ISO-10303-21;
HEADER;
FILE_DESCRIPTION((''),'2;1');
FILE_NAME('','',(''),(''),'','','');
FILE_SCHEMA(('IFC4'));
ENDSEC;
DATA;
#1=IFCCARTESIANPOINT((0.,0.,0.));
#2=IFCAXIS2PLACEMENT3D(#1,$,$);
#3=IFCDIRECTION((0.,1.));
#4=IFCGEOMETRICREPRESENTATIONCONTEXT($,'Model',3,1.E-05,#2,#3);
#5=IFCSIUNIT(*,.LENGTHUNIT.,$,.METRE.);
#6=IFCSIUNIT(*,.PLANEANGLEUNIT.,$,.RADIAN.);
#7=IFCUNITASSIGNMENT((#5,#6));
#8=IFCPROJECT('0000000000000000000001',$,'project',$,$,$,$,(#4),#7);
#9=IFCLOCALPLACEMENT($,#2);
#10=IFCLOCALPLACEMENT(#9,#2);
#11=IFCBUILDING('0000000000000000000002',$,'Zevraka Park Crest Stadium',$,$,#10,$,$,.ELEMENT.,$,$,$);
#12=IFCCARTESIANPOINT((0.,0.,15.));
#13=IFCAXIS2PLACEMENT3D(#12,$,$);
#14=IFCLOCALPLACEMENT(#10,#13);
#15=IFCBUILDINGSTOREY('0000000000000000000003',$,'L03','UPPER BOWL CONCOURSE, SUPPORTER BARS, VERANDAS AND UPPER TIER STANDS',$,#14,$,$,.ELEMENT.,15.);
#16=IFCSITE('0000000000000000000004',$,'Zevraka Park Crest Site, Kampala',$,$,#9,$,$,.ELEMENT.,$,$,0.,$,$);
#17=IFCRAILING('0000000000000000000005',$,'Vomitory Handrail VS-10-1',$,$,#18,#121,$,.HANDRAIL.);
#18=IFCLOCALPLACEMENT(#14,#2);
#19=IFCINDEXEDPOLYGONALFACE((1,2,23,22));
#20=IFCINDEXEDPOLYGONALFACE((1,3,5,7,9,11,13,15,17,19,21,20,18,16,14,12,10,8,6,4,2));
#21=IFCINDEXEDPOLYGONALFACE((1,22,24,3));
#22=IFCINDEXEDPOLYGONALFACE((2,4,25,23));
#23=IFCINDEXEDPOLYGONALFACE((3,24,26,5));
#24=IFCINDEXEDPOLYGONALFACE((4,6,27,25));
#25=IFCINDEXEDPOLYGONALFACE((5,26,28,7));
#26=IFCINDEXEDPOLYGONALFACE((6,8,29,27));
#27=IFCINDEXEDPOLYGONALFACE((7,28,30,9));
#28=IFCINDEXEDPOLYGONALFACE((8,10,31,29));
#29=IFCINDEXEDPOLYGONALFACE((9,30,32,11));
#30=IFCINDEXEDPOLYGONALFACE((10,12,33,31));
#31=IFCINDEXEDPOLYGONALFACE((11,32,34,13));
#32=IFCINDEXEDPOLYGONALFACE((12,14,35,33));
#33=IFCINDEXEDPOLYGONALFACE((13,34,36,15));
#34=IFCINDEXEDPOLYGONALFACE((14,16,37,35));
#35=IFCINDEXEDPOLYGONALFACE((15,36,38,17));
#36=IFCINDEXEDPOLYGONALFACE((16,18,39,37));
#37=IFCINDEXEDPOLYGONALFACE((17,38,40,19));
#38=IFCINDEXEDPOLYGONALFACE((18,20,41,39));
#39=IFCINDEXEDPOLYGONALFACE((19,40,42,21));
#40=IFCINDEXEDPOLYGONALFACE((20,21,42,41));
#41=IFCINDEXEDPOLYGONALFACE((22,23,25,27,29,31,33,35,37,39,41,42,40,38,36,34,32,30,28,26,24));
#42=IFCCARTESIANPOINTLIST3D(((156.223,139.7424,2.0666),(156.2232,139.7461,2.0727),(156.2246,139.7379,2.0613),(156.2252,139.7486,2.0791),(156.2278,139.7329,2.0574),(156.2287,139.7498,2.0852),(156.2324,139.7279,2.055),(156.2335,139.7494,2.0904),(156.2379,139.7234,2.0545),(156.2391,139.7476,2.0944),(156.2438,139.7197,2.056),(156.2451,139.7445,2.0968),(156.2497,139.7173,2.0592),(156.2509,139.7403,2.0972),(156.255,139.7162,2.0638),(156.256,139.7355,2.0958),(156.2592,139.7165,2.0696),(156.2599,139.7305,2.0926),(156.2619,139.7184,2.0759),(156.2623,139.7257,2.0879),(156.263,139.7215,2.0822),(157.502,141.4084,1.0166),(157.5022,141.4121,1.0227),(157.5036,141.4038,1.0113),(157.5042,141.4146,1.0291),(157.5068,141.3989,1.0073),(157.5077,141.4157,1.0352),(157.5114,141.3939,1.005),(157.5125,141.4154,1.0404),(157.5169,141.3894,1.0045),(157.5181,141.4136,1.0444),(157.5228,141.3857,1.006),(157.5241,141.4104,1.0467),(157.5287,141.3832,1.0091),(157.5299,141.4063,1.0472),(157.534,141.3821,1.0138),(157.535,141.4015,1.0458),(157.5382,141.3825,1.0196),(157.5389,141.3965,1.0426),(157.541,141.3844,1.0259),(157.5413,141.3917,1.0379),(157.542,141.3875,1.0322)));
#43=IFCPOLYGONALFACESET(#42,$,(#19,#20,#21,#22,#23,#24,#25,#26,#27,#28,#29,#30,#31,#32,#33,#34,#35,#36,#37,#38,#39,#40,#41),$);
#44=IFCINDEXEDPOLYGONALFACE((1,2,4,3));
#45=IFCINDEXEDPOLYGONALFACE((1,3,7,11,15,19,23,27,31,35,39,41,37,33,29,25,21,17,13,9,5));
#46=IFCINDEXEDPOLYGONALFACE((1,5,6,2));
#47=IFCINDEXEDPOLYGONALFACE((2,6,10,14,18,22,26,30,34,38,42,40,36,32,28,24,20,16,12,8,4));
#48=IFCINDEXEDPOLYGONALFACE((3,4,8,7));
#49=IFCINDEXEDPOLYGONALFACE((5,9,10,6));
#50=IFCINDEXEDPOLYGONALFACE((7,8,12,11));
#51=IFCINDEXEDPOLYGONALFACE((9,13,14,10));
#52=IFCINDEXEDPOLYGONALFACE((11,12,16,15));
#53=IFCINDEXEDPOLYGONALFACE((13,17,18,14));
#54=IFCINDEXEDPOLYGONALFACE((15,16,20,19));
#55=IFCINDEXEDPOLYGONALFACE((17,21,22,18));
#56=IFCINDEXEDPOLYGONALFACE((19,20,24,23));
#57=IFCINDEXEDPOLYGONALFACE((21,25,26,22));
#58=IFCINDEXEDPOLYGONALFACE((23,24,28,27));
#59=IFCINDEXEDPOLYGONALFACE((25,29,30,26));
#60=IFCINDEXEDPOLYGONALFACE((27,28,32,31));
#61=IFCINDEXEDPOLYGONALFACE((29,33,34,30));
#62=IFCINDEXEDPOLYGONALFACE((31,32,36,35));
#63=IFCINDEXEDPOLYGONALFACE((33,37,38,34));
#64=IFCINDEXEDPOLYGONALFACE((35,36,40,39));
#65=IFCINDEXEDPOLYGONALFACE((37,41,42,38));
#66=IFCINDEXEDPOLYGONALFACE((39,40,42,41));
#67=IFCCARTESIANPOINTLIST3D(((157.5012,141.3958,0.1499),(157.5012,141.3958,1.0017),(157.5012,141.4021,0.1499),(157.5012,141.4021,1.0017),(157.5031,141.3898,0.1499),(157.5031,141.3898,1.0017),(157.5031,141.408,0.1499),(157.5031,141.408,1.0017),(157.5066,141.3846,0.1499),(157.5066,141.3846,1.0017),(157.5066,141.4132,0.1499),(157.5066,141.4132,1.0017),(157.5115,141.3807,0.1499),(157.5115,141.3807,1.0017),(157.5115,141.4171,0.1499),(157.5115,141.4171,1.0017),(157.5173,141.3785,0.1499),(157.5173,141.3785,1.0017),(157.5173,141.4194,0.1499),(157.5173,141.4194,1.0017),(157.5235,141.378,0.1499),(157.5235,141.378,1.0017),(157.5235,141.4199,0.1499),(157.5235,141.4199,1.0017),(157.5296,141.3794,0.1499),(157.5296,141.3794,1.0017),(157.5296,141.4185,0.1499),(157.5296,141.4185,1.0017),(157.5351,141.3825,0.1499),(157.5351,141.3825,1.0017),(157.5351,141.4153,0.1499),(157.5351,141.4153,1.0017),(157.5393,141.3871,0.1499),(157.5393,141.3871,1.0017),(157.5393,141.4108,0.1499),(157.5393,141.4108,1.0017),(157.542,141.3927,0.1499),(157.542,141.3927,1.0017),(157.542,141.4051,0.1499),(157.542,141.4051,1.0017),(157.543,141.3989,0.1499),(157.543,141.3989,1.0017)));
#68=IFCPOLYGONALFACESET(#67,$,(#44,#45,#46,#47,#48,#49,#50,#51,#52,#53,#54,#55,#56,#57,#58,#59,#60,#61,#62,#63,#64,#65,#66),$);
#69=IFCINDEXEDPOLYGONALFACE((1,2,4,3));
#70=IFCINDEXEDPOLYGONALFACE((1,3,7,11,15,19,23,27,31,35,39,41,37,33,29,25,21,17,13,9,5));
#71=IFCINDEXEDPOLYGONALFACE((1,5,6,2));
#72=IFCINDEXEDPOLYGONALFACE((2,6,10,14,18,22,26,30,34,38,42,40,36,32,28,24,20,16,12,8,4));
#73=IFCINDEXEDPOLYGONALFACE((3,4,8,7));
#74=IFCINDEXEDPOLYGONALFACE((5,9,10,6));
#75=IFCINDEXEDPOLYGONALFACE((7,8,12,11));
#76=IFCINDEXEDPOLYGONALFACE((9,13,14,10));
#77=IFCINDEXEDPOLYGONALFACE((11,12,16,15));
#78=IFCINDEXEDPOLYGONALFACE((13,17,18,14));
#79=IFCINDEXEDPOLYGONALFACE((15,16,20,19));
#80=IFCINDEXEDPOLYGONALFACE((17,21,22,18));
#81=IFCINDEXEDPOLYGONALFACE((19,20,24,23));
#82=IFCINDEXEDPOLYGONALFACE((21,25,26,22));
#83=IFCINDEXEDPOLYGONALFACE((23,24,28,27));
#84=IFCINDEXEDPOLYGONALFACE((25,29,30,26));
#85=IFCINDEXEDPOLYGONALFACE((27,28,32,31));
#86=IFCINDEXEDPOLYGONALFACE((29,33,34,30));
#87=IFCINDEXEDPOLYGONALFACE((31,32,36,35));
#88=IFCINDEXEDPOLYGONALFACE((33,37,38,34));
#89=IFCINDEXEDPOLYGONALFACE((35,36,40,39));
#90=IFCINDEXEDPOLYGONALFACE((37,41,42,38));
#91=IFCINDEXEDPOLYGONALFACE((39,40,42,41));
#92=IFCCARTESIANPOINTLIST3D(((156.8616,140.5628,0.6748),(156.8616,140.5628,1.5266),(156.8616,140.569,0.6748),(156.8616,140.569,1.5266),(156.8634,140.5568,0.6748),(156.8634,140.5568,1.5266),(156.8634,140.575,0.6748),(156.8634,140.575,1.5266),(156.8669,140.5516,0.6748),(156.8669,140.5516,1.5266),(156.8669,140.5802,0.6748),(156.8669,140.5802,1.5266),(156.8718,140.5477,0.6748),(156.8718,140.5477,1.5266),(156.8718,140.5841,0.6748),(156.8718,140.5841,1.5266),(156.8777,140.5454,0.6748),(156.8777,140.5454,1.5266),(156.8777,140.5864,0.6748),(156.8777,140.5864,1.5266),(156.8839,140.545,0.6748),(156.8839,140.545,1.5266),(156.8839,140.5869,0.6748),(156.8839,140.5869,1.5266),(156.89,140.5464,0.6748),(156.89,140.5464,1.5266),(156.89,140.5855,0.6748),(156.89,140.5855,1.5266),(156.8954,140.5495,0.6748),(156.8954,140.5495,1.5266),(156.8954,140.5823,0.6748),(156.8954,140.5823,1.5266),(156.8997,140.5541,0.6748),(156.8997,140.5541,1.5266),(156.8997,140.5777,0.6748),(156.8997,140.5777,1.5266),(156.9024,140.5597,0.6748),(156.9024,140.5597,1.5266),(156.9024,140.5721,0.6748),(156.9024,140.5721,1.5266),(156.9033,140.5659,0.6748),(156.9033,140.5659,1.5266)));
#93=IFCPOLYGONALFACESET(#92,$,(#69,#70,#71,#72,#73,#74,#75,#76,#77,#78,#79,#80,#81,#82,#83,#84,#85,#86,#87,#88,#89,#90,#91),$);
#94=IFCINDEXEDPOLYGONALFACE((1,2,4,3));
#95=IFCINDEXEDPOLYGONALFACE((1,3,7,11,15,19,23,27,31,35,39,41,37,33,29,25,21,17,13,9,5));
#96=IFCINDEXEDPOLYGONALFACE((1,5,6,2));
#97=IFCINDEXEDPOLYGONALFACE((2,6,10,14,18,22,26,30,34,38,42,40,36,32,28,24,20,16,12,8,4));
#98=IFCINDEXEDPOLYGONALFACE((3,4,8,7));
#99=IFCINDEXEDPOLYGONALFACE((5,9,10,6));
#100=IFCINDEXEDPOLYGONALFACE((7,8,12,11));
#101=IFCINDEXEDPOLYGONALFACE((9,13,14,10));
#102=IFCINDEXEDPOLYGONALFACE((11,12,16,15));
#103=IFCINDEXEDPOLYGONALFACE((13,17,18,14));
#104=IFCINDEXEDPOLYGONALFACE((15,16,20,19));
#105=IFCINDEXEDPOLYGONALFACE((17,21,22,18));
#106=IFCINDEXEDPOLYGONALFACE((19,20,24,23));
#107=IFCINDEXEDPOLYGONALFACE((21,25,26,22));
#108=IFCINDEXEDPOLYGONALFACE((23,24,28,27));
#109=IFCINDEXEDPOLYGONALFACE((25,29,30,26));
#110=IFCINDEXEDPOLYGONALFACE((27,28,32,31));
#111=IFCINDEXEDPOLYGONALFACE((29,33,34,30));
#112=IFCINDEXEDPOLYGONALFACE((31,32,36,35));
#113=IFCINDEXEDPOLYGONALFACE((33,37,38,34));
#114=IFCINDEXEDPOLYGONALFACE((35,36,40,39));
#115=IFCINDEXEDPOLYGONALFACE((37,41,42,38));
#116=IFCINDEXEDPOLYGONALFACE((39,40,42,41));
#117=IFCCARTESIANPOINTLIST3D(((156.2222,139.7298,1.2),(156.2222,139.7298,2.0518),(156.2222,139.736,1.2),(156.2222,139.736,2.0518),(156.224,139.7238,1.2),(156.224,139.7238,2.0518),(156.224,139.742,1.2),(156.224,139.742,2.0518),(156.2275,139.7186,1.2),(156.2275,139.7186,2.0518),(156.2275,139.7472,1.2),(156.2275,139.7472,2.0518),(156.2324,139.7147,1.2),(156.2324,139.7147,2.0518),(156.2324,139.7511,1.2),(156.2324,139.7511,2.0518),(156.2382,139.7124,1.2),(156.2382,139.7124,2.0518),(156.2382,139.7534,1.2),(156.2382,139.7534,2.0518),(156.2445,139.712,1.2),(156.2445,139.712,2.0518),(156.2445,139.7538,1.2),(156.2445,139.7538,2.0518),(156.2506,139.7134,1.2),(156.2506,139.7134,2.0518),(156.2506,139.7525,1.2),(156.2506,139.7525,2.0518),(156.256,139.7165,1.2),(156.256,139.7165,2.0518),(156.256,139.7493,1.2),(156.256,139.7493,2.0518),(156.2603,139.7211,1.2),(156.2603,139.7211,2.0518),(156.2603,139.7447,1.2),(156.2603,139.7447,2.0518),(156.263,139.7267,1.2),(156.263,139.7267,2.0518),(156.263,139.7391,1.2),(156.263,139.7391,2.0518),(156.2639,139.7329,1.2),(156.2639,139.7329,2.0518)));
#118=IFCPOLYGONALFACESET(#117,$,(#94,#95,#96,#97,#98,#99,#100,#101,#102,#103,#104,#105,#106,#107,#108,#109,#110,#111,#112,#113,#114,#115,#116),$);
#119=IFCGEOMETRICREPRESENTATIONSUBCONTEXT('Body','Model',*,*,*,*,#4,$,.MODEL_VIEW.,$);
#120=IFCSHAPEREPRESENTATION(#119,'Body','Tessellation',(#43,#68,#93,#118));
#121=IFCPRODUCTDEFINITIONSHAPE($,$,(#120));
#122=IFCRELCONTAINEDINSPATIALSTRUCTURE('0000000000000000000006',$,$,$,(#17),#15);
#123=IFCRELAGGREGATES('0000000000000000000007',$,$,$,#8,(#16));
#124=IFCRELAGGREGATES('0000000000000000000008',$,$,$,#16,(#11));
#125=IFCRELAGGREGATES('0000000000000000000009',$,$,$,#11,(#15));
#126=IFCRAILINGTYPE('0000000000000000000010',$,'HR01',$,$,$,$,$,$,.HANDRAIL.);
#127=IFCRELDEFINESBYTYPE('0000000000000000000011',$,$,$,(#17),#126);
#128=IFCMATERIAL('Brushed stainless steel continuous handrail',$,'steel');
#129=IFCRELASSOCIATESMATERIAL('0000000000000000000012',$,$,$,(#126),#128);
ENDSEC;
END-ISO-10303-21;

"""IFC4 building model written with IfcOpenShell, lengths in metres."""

from ifc_helpers import new_model, si_unit, direction, frame, origin, origin_2d, place, context, subcontext, project, spatial, circle, extrude, material, type_object, element, save


model = new_model("IFC4")

# Units and contexts
model_context = context("Model", 3, precision=1e-05, world=origin(), true_north=direction((0.0, 1.0)))
body_context = subcontext(model_context, "Body", "Model", "MODEL_VIEW")
ifc_project = project(units=[si_unit("LENGTHUNIT", "METRE"), si_unit("PLANEANGLEUNIT", "RADIAN")], contexts=[model_context])

# Site, building, storey
site_placement = place(None, origin())
site = spatial("IfcSite", under=ifc_project, at=site_placement, Name="Zevraka Park Crest Site, Kampala", CompositionType="ELEMENT", RefElevation=0.0)
building_placement = place(site_placement, origin())
building = spatial("IfcBuilding", under=site, at=building_placement, Name="Zevraka Park Crest Stadium", CompositionType="ELEMENT")
storey_placement = place(building_placement, frame((0.0, 0.0, 15.0)))
storey = spatial("IfcBuildingStorey", under=building, at=storey_placement, Name="L03", Description="UPPER BOWL CONCOURSE, SUPPORTER BARS, VERANDAS AND UPPER TIER STANDS", CompositionType="ELEMENT", Elevation=15.0)

# Railing
ifc_material_1 = material(Name="Brushed stainless steel continuous handrail", Category="steel")
railing_type_1 = type_object("IfcRailingType", Name="HR01", PredefinedType="HANDRAIL", material=ifc_material_1)
railing_1_placement = place(storey_placement, frame((157.522, 141.3989, 0.1499)))
element("IfcRailing", 1, at=railing_1_placement, inside=storey, type_object=railing_type_1, Name="Vomitory Handrail VS-10-1", PredefinedType="HANDRAIL", context=body_context, shape_type="SweptSolid", body=[
    extrude(circle(Radius=0.0239, at=origin_2d()), frame((0.0, 0.0, 0.876), z_axis=(-0.544688, -0.709477, 0.447166), x_axis=(0.793198, -0.608963, 0.0)), (0.0, 0.0, 1.0), 2.3481),
    extrude(circle(Radius=0.021, at=origin_2d()), origin(), (0.0, 0.0, 1.0), 0.8518),
    extrude(circle(Radius=0.021, at=origin_2d()), frame((-0.6396, -0.833, 0.5249)), (0.0, 0.0, 1.0), 0.8518),
    extrude(circle(Radius=0.021, at=origin_2d()), frame((-1.2791, -1.666, 1.05)), (0.0, 0.0, 1.0), 0.8518),
])

save(model, "model.ifc")
